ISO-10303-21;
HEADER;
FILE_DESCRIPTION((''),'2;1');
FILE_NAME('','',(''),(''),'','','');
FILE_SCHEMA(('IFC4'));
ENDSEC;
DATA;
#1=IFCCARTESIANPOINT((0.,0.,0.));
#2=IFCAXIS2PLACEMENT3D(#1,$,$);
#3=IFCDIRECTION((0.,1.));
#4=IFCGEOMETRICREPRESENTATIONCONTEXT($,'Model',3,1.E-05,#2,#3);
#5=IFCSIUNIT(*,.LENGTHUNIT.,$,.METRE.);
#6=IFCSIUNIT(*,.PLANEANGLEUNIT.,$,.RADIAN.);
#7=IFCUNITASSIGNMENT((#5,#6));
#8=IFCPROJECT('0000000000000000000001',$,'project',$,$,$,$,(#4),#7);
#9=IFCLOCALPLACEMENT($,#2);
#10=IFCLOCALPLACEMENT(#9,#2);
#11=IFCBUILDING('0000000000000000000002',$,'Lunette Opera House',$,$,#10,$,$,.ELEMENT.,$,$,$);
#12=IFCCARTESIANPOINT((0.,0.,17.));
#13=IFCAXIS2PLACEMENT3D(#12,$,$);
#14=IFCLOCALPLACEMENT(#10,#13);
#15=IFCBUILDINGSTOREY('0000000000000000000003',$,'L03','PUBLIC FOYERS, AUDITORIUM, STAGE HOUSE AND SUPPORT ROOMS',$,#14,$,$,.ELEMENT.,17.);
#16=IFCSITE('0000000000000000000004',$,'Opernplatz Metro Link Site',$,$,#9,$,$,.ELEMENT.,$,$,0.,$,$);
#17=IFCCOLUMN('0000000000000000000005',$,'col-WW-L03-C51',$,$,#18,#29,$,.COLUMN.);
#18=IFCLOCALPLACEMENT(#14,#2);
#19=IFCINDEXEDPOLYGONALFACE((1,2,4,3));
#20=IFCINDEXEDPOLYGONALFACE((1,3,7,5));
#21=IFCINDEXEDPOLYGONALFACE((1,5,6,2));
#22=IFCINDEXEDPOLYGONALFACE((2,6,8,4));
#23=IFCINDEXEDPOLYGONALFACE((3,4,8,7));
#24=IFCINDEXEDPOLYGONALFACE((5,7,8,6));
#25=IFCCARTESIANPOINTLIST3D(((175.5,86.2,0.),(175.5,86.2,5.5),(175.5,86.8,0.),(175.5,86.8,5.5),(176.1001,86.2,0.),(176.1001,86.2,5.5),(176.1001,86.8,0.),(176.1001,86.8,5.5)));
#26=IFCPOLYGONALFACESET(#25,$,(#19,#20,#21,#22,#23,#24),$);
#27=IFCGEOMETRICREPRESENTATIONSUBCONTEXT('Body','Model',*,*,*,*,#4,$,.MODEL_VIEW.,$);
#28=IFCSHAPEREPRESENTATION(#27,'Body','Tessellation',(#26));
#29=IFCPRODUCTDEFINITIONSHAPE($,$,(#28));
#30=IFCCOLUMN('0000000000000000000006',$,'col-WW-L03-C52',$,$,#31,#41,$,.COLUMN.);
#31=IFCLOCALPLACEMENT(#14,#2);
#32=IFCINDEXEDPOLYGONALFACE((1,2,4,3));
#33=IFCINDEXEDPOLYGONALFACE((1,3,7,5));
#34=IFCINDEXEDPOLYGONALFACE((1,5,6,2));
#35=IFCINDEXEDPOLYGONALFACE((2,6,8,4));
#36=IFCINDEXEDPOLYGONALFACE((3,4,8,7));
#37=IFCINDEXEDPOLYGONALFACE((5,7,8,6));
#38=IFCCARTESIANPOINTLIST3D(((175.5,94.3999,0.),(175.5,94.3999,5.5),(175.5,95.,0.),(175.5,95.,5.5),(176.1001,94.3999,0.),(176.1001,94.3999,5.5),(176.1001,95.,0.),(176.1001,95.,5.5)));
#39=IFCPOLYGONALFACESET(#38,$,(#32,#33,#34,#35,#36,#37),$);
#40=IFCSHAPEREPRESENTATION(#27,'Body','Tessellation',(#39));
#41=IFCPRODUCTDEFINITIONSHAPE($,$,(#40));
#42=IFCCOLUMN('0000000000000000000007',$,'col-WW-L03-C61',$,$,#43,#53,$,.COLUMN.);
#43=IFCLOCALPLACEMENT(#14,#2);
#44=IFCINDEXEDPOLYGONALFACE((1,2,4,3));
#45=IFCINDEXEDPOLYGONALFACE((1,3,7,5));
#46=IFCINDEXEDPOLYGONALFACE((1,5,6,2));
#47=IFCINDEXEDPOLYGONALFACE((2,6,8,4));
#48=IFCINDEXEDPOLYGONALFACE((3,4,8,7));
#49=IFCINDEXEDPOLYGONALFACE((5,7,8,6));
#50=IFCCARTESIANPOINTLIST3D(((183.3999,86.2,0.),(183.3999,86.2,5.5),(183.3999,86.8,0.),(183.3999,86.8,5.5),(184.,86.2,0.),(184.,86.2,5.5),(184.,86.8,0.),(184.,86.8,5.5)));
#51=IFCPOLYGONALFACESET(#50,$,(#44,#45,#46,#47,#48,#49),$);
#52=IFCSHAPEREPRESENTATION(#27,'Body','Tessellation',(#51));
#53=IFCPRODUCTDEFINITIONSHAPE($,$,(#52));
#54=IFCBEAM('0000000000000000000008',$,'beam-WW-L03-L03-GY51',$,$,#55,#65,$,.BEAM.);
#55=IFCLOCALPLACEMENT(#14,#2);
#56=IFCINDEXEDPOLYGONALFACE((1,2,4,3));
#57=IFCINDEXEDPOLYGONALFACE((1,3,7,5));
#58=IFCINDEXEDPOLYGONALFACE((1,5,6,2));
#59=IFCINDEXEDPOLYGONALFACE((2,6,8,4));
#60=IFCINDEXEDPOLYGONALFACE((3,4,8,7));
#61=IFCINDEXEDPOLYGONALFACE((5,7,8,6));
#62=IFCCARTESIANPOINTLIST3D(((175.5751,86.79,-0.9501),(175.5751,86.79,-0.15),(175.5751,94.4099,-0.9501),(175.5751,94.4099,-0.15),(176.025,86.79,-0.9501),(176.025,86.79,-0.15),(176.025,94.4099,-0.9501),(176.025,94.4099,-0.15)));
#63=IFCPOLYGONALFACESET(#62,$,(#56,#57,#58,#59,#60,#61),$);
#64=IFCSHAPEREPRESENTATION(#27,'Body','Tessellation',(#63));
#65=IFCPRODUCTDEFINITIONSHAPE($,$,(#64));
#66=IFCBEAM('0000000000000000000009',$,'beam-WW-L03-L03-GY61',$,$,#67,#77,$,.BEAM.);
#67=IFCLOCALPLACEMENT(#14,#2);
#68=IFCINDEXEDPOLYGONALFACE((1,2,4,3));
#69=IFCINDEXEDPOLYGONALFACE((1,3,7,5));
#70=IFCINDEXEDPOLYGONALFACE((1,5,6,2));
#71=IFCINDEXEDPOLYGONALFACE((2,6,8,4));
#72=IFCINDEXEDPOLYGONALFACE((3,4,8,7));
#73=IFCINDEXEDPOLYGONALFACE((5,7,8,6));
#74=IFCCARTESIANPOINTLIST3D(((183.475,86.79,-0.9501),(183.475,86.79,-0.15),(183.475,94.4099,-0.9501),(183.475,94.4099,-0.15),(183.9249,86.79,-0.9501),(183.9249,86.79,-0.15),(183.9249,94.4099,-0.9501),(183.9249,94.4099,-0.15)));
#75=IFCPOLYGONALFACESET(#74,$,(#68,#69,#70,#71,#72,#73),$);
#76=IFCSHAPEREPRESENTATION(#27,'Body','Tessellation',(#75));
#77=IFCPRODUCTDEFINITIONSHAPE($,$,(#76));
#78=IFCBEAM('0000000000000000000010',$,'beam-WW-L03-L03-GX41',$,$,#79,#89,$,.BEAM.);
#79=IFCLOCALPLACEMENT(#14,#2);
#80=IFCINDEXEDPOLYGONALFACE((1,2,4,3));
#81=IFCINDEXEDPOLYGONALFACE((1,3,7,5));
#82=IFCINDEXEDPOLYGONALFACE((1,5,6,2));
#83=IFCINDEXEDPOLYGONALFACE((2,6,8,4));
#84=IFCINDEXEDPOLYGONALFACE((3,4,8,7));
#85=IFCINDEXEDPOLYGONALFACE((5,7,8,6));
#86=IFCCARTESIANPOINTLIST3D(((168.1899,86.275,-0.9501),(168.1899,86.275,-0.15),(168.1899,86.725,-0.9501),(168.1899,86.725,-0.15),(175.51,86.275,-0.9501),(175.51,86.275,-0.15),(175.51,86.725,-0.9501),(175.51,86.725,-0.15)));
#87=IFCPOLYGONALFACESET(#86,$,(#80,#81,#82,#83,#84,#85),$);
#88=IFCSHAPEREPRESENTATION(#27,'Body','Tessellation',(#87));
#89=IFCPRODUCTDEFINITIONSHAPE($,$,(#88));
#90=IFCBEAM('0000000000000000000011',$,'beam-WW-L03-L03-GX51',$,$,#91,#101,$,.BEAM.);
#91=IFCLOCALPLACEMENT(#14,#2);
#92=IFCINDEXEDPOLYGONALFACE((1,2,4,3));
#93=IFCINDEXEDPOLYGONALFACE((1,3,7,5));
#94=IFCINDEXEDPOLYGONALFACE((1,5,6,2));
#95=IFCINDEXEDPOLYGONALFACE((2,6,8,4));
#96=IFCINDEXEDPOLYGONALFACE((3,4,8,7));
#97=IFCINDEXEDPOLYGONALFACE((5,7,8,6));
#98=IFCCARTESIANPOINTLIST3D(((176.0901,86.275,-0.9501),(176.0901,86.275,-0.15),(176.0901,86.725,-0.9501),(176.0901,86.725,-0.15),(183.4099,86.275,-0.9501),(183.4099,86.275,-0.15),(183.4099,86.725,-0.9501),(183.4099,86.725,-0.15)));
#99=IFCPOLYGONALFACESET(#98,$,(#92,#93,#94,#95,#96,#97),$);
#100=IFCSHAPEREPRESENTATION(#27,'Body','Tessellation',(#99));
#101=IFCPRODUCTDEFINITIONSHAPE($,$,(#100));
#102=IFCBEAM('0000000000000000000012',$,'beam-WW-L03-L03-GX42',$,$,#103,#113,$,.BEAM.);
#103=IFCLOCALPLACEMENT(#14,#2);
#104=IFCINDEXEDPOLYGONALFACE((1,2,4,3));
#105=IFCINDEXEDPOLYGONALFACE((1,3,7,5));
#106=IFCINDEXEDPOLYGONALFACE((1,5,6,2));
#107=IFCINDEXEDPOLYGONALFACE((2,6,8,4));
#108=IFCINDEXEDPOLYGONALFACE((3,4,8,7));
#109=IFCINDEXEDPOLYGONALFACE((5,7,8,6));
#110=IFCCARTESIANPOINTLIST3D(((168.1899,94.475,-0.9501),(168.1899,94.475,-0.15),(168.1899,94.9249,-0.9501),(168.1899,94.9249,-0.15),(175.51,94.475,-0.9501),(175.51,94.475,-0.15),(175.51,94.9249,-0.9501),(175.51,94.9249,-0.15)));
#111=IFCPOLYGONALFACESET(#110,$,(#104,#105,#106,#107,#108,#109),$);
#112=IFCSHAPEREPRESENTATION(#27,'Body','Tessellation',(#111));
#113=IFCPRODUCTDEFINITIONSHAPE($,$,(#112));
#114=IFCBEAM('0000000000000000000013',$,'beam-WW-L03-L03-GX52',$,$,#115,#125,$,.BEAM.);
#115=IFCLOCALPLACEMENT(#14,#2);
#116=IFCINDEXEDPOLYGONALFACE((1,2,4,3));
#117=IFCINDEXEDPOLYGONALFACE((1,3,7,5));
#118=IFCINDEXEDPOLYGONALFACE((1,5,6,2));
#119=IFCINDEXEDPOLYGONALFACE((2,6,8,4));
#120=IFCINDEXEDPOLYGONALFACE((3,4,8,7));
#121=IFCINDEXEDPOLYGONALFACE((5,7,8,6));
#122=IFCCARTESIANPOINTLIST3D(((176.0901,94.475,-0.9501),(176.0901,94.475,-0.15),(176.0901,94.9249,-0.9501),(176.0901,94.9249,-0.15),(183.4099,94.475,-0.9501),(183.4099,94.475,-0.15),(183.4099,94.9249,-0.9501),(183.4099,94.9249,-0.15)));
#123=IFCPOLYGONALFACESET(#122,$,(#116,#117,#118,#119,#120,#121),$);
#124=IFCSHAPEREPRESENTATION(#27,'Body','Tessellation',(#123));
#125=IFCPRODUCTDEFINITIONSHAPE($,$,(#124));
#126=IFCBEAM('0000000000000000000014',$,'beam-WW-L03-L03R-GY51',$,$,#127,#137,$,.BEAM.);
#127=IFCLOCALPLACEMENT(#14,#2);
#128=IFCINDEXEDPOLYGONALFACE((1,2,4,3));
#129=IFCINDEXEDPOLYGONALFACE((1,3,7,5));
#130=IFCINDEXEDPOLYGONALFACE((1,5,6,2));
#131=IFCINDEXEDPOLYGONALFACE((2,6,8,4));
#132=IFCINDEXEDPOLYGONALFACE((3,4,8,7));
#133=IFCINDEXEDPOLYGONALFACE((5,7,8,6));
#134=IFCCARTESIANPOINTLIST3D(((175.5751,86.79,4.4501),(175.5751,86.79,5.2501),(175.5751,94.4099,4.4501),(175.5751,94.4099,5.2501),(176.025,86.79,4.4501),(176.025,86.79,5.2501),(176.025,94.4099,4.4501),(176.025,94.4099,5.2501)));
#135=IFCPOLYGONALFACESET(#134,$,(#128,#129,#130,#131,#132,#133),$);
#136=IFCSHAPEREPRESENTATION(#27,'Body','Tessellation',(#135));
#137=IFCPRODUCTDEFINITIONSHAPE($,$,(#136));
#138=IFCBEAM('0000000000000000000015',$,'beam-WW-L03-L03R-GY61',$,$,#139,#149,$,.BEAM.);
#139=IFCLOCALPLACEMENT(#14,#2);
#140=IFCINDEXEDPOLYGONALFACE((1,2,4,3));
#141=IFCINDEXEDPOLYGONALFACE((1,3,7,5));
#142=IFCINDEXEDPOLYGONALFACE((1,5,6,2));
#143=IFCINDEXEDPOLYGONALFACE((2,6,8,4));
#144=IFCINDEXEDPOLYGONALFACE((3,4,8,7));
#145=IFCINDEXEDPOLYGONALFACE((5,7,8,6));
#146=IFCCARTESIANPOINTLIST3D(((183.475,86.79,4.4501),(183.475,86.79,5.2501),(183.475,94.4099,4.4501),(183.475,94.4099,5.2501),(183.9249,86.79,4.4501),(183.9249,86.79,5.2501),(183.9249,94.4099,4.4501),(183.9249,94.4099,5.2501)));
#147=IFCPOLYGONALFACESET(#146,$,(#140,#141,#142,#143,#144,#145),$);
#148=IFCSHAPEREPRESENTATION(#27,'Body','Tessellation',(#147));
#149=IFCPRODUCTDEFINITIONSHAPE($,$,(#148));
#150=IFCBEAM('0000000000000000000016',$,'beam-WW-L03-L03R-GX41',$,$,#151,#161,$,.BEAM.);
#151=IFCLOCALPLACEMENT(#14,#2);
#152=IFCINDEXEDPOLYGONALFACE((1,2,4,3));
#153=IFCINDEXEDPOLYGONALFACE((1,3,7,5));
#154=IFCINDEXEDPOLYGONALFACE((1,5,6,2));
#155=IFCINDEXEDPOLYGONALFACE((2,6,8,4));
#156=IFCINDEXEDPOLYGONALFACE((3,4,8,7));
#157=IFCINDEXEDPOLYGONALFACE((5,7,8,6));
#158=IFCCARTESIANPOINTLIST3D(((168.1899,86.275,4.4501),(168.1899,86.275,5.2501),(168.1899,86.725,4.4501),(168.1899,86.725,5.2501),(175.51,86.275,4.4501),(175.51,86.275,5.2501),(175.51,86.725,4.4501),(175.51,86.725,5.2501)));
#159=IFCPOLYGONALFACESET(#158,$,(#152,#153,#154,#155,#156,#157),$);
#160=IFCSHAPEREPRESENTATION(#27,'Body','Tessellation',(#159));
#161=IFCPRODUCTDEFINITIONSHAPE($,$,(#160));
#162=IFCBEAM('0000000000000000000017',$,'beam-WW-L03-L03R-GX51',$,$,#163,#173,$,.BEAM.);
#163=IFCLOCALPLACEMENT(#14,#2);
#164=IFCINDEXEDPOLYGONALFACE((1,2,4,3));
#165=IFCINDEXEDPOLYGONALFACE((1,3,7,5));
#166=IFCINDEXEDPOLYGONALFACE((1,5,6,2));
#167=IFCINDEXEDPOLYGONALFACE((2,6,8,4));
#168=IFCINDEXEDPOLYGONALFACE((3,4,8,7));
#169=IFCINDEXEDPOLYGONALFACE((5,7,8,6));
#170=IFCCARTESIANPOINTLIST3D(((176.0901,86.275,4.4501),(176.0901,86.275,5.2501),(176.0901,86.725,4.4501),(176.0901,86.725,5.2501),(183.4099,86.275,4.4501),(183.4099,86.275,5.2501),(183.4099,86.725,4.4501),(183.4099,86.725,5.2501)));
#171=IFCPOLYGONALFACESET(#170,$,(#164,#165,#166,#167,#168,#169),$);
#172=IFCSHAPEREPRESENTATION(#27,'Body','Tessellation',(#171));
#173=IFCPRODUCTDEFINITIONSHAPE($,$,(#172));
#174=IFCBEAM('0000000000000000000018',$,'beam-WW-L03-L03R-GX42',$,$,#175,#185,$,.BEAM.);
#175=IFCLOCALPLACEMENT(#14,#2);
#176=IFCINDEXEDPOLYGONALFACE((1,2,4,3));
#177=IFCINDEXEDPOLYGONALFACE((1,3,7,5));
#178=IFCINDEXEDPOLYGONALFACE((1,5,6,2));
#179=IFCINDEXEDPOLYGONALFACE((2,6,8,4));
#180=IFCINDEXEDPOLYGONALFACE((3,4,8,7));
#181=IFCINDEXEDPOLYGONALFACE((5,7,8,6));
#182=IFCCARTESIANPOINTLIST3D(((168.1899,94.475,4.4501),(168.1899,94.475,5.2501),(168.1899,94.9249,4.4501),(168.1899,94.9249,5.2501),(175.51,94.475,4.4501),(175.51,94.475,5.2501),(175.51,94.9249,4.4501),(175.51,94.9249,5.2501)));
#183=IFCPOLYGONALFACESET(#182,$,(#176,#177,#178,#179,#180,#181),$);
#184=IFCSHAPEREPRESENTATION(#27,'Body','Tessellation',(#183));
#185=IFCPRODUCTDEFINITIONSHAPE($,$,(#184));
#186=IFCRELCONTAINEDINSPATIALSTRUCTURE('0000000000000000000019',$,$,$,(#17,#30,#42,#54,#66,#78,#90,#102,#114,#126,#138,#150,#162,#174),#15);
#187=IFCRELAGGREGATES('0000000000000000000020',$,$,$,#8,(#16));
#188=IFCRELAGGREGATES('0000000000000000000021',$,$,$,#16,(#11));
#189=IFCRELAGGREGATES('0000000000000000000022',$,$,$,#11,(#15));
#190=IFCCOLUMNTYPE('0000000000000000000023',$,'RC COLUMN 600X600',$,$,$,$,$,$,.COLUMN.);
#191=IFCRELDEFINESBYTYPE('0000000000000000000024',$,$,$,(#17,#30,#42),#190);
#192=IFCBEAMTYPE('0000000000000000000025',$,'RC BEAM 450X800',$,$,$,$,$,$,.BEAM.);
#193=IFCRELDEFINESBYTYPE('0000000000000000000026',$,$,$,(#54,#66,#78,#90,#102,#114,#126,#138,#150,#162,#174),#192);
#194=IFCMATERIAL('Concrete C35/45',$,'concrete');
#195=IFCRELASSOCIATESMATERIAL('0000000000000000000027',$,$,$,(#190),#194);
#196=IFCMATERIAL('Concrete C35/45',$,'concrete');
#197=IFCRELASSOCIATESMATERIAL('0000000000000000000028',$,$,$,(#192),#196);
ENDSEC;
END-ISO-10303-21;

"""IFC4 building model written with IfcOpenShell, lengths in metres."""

from ifc_helpers import new_model, si_unit, direction, frame, origin, origin_2d, place, context, subcontext, project, spatial, rectangle, extrude, material, material_profile, profile_set, type_object, element, save


model = new_model("IFC4")

# Units and contexts
model_context = context("Model", 3, precision=1e-05, world=origin(), true_north=direction((0.0, 1.0)))
body_context = subcontext(model_context, "Body", "Model", "MODEL_VIEW")
ifc_project = project(units=[si_unit("LENGTHUNIT", "METRE"), si_unit("PLANEANGLEUNIT", "RADIAN")], contexts=[model_context])

# Site, building, storey
site_placement = place(None, origin())
site = spatial("IfcSite", under=ifc_project, at=site_placement, Name="Opernplatz Metro Link Site", CompositionType="ELEMENT", RefElevation=0.0)
building_placement = place(site_placement, origin())
building = spatial("IfcBuilding", under=site, at=building_placement, Name="Lunette Opera House", CompositionType="ELEMENT")
storey_placement = place(building_placement, frame((0.0, 0.0, 17.0)))
storey = spatial("IfcBuildingStorey", under=building, at=storey_placement, Name="L03", Description="PUBLIC FOYERS, AUDITORIUM, STAGE HOUSE AND SUPPORT ROOMS", CompositionType="ELEMENT", Elevation=17.0)

# Columns
ifc_material_1 = material(Name="Concrete C35/45", Category="concrete")
ifc_material_profile_1 = material_profile(ifc_material_1, rectangle(XDim=0.6001, YDim=0.6001, at=origin_2d()), Name="RC COLUMN 600X600")
ifc_profile_set_1 = profile_set([ifc_material_profile_1], Name="Concrete C35/45")
column_type = type_object("IfcColumnType", Name="RC COLUMN 600X600", PredefinedType="COLUMN", material=ifc_profile_set_1)
for number, where, z_axis, x_axis, name in (
    (1, (175.8, 86.5, 0.0), (0.0, 0.0, 1.0), (1.0, 0.0, 0.0), "col-WW-L03-C51"),
    (2, (175.8, 94.7, 0.0), (0.0, 0.0, 1.0), (1.0, 0.0, 0.0), "col-WW-L03-C52"),
    (3, (183.7, 86.5, 0.0), (0.0, 0.0, 1.0), (1.0, 0.0, 0.0), "col-WW-L03-C61"),
):
    element("IfcColumn", number, at=place(storey_placement, frame(where, z_axis=z_axis, x_axis=x_axis)), inside=storey, type_object=column_type, Name=name, PredefinedType="COLUMN", context=body_context, shape_type="SweptSolid", body=[
        extrude(rectangle(XDim=0.6001, YDim=0.6001, at=origin_2d()), origin(), (0.0, 0.0, 1.0), 5.5),
    ])

# Beams
ifc_material_2 = material(Name="Concrete C35/45", Category="concrete")
ifc_material_profile_2 = material_profile(ifc_material_2, rectangle(XDim=0.45, YDim=0.8, at=origin_2d()), Name="RC BEAM 450X800")
ifc_profile_set_2 = profile_set([ifc_material_profile_2], Name="Concrete C35/45")
beam_type_1 = type_object("IfcBeamType", Name="RC BEAM 450X800", PredefinedType="BEAM", material=ifc_profile_set_2)
for number, where, z_axis, x_axis, name in (
    (4, (175.8, 86.79, -0.55), (0.0, 1.0, 0.0), (-1.0, 0.0, 0.0), "beam-WW-L03-L03-GY51"),
    (5, (183.7, 86.79, -0.55), (0.0, 1.0, 0.0), (-1.0, 0.0, 0.0), "beam-WW-L03-L03-GY61"),
):
    element("IfcBeam", number, at=place(storey_placement, frame(where, z_axis=z_axis, x_axis=x_axis)), inside=storey, type_object=beam_type_1, Name=name, PredefinedType="BEAM", context=body_context, shape_type="SweptSolid", body=[
        extrude(rectangle(XDim=0.45, YDim=0.8, at=origin_2d()), origin(), (0.0, 0.0, 1.0), 7.6199),
    ])
beam_1_placement = place(storey_placement, frame((168.1899, 86.5, -0.55), z_axis=(1.0, 0.0, 0.0), x_axis=(0.0, 1.0, 0.0)))
element("IfcBeam", 6, at=beam_1_placement, inside=storey, type_object=beam_type_1, Name="beam-WW-L03-L03-GX41", PredefinedType="BEAM", context=body_context, shape_type="SweptSolid", body=[
    extrude(rectangle(XDim=0.45, YDim=0.8, at=origin_2d()), origin(), (0.0, 0.0, 1.0), 7.3201),
])
beam_2_placement = place(storey_placement, frame((176.0901, 86.5, -0.55), z_axis=(1.0, 0.0, 0.0), x_axis=(0.0, 1.0, 0.0)))
element("IfcBeam", 7, at=beam_2_placement, inside=storey, type_object=beam_type_1, Name="beam-WW-L03-L03-GX51", PredefinedType="BEAM", context=body_context, shape_type="SweptSolid", body=[
    extrude(rectangle(XDim=0.45, YDim=0.8, at=origin_2d()), origin(), (0.0, 0.0, 1.0), 7.3198),
])
beam_3_placement = place(storey_placement, frame((168.1899, 94.7, -0.55), z_axis=(1.0, 0.0, 0.0), x_axis=(0.0, 1.0, 0.0)))
element("IfcBeam", 8, at=beam_3_placement, inside=storey, type_object=beam_type_1, Name="beam-WW-L03-L03-GX42", PredefinedType="BEAM", context=body_context, shape_type="SweptSolid", body=[
    extrude(rectangle(XDim=0.45, YDim=0.8, at=origin_2d()), origin(), (0.0, 0.0, 1.0), 7.3201),
])
beam_4_placement = place(storey_placement, frame((176.0901, 94.7, -0.55), z_axis=(1.0, 0.0, 0.0), x_axis=(0.0, 1.0, 0.0)))
element("IfcBeam", 9, at=beam_4_placement, inside=storey, type_object=beam_type_1, Name="beam-WW-L03-L03-GX52", PredefinedType="BEAM", context=body_context, shape_type="SweptSolid", body=[
    extrude(rectangle(XDim=0.45, YDim=0.8, at=origin_2d()), origin(), (0.0, 0.0, 1.0), 7.3198),
])
for number, where, z_axis, x_axis, name in (
    (10, (175.8, 86.79, 4.8501), (0.0, 1.0, 0.0), (-1.0, 0.0, 0.0), "beam-WW-L03-L03R-GY51"),
    (11, (183.7, 86.79, 4.8501), (0.0, 1.0, 0.0), (-1.0, 0.0, 0.0), "beam-WW-L03-L03R-GY61"),
):
    element("IfcBeam", number, at=place(storey_placement, frame(where, z_axis=z_axis, x_axis=x_axis)), inside=storey, type_object=beam_type_1, Name=name, PredefinedType="BEAM", context=body_context, shape_type="SweptSolid", body=[
        extrude(rectangle(XDim=0.45, YDim=0.8, at=origin_2d()), origin(), (0.0, 0.0, 1.0), 7.6199),
    ])
beam_5_placement = place(storey_placement, frame((168.1899, 86.5, 4.8501), z_axis=(1.0, 0.0, 0.0), x_axis=(0.0, 1.0, 0.0)))
element("IfcBeam", 12, at=beam_5_placement, inside=storey, type_object=beam_type_1, Name="beam-WW-L03-L03R-GX41", PredefinedType="BEAM", context=body_context, shape_type="SweptSolid", body=[
    extrude(rectangle(XDim=0.45, YDim=0.8, at=origin_2d()), origin(), (0.0, 0.0, 1.0), 7.3201),
])
beam_6_placement = place(storey_placement, frame((176.0901, 86.5, 4.8501), z_axis=(1.0, 0.0, 0.0), x_axis=(0.0, 1.0, 0.0)))
element("IfcBeam", 13, at=beam_6_placement, inside=storey, type_object=beam_type_1, Name="beam-WW-L03-L03R-GX51", PredefinedType="BEAM", context=body_context, shape_type="SweptSolid", body=[
    extrude(rectangle(XDim=0.45, YDim=0.8, at=origin_2d()), origin(), (0.0, 0.0, 1.0), 7.3198),
])
beam_7_placement = place(storey_placement, frame((168.1899, 94.7, 4.8501), z_axis=(1.0, 0.0, 0.0), x_axis=(0.0, 1.0, 0.0)))
element("IfcBeam", 14, at=beam_7_placement, inside=storey, type_object=beam_type_1, Name="beam-WW-L03-L03R-GX42", PredefinedType="BEAM", context=body_context, shape_type="SweptSolid", body=[
    extrude(rectangle(XDim=0.45, YDim=0.8, at=origin_2d()), origin(), (0.0, 0.0, 1.0), 7.3201),
])

save(model, "model.ifc")
